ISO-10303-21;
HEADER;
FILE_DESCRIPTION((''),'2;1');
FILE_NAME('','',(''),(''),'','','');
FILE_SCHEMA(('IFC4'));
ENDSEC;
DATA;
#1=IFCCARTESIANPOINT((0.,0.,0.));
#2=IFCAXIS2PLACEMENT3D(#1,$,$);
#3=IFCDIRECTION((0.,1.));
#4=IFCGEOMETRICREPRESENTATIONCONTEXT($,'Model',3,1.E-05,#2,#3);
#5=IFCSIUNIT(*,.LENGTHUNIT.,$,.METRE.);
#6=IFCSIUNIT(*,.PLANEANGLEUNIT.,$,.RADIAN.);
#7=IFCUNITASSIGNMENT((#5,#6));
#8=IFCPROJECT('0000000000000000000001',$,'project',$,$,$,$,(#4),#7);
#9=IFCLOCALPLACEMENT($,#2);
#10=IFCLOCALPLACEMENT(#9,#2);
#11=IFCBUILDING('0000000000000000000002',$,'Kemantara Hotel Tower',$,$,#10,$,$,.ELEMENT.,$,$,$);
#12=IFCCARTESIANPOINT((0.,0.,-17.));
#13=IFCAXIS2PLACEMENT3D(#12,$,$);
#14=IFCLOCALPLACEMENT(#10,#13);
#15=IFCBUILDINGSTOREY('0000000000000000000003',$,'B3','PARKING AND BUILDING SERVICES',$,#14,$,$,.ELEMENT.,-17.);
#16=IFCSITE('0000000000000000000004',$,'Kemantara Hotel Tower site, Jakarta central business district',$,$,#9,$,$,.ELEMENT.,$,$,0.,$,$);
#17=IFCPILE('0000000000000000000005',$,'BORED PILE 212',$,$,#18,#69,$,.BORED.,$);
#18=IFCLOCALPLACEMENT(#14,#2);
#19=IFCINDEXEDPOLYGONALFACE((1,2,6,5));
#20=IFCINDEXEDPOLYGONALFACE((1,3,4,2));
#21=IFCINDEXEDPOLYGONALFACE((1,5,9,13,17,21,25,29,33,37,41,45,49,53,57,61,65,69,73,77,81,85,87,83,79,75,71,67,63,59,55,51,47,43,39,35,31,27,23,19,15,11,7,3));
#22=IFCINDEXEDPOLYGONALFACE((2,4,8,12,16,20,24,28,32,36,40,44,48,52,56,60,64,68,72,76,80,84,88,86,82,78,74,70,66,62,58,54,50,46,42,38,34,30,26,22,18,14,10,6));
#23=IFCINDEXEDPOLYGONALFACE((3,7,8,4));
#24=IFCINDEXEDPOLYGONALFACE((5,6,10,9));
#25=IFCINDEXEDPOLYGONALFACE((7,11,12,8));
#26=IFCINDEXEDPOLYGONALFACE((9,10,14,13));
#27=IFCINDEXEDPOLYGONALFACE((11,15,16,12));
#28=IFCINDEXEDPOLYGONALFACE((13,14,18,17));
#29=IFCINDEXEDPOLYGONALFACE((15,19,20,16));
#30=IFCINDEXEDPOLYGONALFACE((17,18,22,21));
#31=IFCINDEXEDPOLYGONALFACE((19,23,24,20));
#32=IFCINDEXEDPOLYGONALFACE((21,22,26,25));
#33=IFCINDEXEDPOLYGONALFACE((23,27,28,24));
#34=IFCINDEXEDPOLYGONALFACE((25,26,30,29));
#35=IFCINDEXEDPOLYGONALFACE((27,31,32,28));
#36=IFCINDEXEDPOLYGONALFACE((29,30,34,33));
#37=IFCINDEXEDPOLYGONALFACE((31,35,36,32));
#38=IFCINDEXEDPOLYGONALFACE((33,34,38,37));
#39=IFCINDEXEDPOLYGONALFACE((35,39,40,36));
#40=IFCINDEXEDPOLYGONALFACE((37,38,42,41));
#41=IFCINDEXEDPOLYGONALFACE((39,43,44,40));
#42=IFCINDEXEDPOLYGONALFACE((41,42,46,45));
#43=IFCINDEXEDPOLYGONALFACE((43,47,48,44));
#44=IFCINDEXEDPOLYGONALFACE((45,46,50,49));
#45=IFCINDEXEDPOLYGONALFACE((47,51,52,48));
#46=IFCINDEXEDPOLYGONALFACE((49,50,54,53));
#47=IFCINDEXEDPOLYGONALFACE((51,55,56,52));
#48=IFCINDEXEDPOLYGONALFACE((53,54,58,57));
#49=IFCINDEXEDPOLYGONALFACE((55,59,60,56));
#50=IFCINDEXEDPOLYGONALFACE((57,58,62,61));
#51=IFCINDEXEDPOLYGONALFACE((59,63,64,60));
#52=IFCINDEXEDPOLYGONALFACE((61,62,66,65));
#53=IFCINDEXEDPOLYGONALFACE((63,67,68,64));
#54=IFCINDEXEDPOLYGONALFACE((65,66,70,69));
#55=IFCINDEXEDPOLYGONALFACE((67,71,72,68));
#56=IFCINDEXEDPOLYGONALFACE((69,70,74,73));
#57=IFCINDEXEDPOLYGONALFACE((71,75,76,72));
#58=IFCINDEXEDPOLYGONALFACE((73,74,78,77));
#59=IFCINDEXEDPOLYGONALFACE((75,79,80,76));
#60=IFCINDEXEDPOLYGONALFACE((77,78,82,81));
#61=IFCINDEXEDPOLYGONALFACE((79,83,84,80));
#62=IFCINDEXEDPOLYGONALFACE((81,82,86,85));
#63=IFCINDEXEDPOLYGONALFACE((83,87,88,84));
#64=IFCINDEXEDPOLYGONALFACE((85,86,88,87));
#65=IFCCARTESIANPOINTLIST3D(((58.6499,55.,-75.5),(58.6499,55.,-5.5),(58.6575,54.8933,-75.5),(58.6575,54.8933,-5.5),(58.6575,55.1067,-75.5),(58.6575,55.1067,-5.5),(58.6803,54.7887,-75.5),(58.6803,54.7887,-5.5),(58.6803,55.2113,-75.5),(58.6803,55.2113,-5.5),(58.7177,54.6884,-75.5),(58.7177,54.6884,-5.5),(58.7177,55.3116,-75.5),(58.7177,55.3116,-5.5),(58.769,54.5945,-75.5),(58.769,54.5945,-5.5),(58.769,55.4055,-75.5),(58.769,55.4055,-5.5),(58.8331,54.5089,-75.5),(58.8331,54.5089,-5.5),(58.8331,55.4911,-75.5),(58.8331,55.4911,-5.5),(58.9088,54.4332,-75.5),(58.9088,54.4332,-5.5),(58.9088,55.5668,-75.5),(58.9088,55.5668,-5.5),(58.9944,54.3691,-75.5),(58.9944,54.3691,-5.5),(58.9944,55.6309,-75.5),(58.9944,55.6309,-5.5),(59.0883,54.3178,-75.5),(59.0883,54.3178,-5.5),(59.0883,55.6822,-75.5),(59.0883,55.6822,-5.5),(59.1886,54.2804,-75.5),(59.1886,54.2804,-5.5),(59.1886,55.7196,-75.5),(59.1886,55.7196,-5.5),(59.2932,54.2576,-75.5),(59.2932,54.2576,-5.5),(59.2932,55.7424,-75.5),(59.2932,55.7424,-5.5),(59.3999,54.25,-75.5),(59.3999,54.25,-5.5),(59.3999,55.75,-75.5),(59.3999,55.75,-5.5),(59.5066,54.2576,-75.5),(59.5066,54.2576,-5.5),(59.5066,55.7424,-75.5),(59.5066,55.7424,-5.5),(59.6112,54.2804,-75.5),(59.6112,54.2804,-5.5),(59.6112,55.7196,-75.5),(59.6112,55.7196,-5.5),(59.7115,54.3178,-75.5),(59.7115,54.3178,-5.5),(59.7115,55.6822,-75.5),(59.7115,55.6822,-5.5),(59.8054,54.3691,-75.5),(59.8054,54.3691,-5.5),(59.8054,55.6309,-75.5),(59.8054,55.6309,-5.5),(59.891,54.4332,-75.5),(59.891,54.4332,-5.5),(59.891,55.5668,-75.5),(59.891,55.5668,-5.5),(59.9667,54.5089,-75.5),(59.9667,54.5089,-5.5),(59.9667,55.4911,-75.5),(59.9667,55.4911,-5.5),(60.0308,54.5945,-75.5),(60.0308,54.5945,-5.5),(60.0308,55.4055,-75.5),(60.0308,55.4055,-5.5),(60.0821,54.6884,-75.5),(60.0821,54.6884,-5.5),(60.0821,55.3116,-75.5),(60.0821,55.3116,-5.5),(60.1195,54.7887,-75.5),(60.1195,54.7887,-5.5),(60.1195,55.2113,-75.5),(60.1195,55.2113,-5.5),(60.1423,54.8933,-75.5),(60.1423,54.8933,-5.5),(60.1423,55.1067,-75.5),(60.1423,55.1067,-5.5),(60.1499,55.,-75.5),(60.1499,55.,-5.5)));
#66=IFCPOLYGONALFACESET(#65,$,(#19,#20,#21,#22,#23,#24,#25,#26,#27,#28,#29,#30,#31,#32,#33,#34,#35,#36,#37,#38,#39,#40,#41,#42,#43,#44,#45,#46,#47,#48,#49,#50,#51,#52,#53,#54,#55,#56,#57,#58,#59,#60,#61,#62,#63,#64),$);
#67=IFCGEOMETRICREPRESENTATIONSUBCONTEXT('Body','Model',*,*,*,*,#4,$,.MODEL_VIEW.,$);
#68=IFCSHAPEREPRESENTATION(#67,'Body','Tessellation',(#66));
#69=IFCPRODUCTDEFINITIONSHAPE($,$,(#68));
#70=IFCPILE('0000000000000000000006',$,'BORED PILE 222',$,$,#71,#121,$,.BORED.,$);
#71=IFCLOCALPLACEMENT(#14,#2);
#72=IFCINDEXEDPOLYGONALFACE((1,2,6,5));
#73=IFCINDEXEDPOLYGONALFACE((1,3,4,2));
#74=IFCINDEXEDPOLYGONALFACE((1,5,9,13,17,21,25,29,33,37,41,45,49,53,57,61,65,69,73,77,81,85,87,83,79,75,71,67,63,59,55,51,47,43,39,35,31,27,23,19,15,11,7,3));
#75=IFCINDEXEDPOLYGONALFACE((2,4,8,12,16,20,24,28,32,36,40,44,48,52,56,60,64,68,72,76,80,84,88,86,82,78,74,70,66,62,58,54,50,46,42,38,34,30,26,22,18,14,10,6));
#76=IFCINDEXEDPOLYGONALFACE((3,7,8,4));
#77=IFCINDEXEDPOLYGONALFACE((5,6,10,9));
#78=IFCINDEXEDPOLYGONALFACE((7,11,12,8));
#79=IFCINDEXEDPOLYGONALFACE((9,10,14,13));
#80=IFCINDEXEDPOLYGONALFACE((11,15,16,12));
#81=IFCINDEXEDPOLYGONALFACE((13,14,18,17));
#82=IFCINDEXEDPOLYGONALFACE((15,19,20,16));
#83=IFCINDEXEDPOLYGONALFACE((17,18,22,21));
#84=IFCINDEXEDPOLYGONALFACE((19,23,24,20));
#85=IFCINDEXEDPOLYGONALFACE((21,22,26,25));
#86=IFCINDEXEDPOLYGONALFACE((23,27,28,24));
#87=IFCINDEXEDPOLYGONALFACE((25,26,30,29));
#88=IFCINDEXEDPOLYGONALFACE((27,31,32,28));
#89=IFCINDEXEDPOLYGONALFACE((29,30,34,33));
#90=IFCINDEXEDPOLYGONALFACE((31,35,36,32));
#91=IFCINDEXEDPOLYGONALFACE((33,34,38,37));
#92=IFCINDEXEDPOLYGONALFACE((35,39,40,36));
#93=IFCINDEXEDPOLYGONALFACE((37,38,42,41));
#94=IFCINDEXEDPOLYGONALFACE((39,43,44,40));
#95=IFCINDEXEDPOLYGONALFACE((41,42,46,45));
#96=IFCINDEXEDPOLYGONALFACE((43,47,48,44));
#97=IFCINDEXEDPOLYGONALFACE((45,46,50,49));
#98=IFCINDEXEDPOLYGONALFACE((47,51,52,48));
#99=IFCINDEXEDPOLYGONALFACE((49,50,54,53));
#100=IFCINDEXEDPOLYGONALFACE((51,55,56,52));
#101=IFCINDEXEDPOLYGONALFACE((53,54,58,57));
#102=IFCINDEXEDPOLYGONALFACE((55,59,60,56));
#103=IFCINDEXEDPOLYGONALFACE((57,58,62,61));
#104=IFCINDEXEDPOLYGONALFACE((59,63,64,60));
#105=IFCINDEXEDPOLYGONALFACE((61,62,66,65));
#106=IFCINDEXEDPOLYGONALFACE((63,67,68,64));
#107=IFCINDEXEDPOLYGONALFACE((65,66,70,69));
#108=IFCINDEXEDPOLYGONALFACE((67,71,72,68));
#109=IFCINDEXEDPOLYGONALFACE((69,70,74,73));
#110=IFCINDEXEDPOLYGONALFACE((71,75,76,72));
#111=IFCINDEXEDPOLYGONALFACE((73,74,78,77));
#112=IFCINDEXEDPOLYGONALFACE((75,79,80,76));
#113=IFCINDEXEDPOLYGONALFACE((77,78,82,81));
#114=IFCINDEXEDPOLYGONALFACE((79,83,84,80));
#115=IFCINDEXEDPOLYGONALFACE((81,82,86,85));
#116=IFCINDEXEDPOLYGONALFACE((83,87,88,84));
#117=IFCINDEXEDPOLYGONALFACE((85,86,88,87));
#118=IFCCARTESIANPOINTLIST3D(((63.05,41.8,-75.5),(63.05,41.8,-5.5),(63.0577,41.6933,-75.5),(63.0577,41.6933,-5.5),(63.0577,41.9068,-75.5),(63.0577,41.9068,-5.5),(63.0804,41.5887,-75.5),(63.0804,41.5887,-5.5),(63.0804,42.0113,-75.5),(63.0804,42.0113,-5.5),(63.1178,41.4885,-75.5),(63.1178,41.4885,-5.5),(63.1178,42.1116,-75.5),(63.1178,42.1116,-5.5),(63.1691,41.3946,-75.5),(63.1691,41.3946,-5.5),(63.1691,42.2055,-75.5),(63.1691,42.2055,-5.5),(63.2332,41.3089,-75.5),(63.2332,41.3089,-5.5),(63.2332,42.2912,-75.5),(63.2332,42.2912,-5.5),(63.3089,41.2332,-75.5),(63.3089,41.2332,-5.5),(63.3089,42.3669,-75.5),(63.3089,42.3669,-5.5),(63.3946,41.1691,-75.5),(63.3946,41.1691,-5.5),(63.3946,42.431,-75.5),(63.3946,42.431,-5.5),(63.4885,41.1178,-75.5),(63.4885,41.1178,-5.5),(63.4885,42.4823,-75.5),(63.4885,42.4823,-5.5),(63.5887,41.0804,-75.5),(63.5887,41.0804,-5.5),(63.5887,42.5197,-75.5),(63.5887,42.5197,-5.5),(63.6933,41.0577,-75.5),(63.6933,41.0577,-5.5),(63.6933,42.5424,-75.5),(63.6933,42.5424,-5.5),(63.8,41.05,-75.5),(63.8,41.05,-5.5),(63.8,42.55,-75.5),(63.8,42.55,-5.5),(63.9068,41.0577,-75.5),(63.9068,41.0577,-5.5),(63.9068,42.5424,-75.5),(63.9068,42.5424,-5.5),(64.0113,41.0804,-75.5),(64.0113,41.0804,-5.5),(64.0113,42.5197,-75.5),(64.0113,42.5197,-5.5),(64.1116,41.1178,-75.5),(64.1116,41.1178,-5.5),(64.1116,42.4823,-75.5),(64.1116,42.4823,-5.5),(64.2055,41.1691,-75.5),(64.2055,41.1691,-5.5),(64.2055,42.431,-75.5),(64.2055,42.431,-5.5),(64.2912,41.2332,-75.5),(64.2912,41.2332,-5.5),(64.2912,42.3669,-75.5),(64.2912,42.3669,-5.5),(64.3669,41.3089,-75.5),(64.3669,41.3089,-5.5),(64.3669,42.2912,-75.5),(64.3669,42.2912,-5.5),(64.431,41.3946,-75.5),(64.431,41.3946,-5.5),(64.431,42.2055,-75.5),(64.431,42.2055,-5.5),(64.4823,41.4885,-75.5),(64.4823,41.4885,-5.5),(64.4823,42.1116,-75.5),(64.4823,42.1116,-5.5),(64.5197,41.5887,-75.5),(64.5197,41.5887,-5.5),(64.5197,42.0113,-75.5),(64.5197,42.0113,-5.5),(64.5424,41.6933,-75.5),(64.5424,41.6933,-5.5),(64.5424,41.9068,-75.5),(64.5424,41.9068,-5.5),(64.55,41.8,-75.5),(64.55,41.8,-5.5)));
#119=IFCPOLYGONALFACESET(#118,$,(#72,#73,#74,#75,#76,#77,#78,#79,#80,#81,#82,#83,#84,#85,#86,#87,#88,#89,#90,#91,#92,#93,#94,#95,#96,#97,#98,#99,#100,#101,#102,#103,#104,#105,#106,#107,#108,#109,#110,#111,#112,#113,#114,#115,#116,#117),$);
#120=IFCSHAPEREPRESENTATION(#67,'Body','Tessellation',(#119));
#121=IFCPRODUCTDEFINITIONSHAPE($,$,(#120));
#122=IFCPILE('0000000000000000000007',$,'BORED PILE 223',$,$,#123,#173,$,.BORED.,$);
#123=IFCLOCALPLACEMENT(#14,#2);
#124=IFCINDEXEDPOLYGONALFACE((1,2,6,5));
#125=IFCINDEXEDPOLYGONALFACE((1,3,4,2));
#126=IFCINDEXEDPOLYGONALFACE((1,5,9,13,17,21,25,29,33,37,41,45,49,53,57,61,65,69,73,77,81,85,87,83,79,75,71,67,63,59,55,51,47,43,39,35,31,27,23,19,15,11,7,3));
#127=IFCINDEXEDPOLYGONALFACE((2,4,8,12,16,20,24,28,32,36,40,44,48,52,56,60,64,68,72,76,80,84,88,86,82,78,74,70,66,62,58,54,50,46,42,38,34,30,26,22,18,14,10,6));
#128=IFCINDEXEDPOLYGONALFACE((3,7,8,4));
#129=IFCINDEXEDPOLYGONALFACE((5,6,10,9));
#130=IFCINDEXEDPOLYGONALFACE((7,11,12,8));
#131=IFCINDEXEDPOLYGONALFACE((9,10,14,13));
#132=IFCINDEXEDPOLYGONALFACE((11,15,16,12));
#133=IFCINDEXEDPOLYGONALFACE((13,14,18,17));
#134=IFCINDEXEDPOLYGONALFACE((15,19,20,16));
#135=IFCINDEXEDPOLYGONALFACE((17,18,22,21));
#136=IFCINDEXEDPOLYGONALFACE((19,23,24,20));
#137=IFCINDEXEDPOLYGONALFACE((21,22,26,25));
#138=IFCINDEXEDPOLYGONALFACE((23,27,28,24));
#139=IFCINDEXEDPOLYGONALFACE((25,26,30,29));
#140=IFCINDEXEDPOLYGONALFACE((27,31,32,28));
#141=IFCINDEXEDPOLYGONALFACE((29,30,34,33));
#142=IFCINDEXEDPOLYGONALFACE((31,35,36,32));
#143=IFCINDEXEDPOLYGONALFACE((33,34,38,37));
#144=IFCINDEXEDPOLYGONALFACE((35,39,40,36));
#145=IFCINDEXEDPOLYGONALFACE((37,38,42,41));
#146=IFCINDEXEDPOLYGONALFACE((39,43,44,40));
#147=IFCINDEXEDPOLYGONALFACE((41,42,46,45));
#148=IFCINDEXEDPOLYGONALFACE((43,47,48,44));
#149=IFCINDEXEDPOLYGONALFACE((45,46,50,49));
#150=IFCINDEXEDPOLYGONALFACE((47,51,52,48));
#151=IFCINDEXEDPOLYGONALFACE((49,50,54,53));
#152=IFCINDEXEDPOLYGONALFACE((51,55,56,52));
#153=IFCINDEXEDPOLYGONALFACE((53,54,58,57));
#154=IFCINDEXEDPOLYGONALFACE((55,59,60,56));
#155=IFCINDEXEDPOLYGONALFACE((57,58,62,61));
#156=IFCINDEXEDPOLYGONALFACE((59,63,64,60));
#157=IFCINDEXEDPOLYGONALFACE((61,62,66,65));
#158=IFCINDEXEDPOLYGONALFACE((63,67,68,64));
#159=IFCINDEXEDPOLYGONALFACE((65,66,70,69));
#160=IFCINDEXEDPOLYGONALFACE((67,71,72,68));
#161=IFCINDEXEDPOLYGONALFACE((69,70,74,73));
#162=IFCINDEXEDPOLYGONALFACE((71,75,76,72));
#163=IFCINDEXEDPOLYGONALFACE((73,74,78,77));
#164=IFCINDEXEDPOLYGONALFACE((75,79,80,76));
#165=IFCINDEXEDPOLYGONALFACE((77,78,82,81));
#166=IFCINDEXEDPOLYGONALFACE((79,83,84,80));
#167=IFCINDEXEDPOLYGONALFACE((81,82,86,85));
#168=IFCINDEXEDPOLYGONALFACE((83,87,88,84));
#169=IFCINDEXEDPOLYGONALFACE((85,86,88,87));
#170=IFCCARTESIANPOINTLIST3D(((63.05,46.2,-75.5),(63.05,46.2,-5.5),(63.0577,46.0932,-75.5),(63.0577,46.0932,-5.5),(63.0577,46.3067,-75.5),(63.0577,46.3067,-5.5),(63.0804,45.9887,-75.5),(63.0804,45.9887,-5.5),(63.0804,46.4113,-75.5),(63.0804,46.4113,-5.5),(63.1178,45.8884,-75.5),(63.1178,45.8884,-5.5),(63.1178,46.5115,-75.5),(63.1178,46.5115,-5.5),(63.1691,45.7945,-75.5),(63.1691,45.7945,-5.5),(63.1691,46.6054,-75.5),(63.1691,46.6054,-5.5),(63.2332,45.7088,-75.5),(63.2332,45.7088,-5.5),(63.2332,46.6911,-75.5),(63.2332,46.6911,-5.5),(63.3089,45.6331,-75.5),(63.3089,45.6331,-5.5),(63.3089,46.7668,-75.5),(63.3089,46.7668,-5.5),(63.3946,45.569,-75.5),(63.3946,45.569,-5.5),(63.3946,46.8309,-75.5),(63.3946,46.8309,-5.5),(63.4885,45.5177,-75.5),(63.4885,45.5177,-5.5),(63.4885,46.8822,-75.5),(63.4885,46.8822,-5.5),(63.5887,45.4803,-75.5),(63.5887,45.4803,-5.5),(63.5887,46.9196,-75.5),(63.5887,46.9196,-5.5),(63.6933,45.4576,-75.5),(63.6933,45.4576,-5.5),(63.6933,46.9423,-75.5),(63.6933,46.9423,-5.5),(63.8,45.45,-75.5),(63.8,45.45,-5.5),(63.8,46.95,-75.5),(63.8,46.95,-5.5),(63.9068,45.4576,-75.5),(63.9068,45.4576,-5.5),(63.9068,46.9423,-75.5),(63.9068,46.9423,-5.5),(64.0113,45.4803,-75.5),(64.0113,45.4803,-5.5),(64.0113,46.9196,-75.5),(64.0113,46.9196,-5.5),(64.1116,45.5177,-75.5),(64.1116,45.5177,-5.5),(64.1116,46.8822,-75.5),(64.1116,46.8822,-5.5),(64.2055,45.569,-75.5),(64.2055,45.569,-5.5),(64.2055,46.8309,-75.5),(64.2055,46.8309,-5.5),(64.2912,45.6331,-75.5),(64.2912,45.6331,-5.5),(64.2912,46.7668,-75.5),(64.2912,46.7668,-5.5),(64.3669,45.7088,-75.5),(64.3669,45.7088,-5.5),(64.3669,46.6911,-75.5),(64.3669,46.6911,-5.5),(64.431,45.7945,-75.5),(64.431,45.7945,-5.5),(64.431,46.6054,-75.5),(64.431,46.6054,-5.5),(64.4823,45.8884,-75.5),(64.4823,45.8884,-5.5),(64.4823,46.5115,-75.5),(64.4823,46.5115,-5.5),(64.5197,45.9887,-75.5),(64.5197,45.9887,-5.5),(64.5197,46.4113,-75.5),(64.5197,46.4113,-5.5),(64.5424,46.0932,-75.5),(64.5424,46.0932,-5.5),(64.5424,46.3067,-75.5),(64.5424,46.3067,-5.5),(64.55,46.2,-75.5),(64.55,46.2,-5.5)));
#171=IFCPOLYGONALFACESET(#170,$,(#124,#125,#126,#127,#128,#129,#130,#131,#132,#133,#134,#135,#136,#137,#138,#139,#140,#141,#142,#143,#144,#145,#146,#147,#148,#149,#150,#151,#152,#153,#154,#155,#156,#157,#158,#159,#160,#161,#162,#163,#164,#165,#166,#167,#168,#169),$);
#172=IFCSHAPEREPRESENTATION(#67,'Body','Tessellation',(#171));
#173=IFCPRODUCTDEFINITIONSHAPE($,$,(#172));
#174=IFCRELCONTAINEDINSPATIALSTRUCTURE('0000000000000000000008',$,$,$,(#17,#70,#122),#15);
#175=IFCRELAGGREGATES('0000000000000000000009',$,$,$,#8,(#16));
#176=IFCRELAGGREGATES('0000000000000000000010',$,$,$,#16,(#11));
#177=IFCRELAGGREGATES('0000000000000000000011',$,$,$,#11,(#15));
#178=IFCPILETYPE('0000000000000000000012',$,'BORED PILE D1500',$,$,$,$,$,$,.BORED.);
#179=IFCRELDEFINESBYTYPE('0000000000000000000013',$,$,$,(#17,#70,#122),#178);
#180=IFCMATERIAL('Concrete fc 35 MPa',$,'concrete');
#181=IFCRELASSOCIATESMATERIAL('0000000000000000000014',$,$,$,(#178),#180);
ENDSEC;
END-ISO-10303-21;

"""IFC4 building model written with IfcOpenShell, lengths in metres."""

from ifc_helpers import new_model, si_unit, direction, frame, origin, origin_2d, place, context, subcontext, project, spatial, circle, extrude, material, material_profile, profile_set, type_object, element, save


model = new_model("IFC4")

# Units and contexts
model_context = context("Model", 3, precision=1e-05, world=origin(), true_north=direction((0.0, 1.0)))
body_context = subcontext(model_context, "Body", "Model", "MODEL_VIEW")
ifc_project = project(units=[si_unit("LENGTHUNIT", "METRE"), si_unit("PLANEANGLEUNIT", "RADIAN")], contexts=[model_context])

# Site, building, storey
site_placement = place(None, origin())
site = spatial("IfcSite", under=ifc_project, at=site_placement, Name="Kemantara Hotel Tower site, Jakarta central business district", CompositionType="ELEMENT", RefElevation=0.0)
building_placement = place(site_placement, origin())
building = spatial("IfcBuilding", under=site, at=building_placement, Name="Kemantara Hotel Tower", CompositionType="ELEMENT")
storey_placement = place(building_placement, frame((0.0, 0.0, -17.0)))
storey = spatial("IfcBuildingStorey", under=building, at=storey_placement, Name="B3", Description="PARKING AND BUILDING SERVICES", CompositionType="ELEMENT", Elevation=-17.0)

# Piles
ifc_material_1 = material(Name="Concrete fc 35 MPa", Category="concrete")
ifc_material_profile_1 = material_profile(ifc_material_1, circle(Radius=0.75, at=origin_2d()), Name="BORED PILE D1500")
ifc_profile_set_1 = profile_set([ifc_material_profile_1], Name="Concrete fc 35 MPa")
pile_type = type_object("IfcPileType", Name="BORED PILE D1500", PredefinedType="BORED", material=ifc_profile_set_1)
for number, where, z_axis, x_axis, name in (
    (1, (59.3999, 55.0, -5.5), (0.0, 0.0, -1.0), (1.0, 0.0, 0.0), "BORED PILE 212"),
    (2, (63.8, 41.8, -5.5), (0.0, 0.0, -1.0), (1.0, 0.0, 0.0), "BORED PILE 222"),
    (3, (63.8, 46.2, -5.5), (0.0, 0.0, -1.0), (1.0, 0.0, 0.0), "BORED PILE 223"),
):
    element("IfcPile", number, at=place(storey_placement, frame(where, z_axis=z_axis, x_axis=x_axis)), inside=storey, type_object=pile_type, Name=name, PredefinedType="BORED", context=body_context, shape_type="SweptSolid", body=[
        extrude(circle(Radius=0.75, at=origin_2d()), origin(), (0.0, 0.0, 1.0), 70.0),
    ])

save(model, "model.ifc")
